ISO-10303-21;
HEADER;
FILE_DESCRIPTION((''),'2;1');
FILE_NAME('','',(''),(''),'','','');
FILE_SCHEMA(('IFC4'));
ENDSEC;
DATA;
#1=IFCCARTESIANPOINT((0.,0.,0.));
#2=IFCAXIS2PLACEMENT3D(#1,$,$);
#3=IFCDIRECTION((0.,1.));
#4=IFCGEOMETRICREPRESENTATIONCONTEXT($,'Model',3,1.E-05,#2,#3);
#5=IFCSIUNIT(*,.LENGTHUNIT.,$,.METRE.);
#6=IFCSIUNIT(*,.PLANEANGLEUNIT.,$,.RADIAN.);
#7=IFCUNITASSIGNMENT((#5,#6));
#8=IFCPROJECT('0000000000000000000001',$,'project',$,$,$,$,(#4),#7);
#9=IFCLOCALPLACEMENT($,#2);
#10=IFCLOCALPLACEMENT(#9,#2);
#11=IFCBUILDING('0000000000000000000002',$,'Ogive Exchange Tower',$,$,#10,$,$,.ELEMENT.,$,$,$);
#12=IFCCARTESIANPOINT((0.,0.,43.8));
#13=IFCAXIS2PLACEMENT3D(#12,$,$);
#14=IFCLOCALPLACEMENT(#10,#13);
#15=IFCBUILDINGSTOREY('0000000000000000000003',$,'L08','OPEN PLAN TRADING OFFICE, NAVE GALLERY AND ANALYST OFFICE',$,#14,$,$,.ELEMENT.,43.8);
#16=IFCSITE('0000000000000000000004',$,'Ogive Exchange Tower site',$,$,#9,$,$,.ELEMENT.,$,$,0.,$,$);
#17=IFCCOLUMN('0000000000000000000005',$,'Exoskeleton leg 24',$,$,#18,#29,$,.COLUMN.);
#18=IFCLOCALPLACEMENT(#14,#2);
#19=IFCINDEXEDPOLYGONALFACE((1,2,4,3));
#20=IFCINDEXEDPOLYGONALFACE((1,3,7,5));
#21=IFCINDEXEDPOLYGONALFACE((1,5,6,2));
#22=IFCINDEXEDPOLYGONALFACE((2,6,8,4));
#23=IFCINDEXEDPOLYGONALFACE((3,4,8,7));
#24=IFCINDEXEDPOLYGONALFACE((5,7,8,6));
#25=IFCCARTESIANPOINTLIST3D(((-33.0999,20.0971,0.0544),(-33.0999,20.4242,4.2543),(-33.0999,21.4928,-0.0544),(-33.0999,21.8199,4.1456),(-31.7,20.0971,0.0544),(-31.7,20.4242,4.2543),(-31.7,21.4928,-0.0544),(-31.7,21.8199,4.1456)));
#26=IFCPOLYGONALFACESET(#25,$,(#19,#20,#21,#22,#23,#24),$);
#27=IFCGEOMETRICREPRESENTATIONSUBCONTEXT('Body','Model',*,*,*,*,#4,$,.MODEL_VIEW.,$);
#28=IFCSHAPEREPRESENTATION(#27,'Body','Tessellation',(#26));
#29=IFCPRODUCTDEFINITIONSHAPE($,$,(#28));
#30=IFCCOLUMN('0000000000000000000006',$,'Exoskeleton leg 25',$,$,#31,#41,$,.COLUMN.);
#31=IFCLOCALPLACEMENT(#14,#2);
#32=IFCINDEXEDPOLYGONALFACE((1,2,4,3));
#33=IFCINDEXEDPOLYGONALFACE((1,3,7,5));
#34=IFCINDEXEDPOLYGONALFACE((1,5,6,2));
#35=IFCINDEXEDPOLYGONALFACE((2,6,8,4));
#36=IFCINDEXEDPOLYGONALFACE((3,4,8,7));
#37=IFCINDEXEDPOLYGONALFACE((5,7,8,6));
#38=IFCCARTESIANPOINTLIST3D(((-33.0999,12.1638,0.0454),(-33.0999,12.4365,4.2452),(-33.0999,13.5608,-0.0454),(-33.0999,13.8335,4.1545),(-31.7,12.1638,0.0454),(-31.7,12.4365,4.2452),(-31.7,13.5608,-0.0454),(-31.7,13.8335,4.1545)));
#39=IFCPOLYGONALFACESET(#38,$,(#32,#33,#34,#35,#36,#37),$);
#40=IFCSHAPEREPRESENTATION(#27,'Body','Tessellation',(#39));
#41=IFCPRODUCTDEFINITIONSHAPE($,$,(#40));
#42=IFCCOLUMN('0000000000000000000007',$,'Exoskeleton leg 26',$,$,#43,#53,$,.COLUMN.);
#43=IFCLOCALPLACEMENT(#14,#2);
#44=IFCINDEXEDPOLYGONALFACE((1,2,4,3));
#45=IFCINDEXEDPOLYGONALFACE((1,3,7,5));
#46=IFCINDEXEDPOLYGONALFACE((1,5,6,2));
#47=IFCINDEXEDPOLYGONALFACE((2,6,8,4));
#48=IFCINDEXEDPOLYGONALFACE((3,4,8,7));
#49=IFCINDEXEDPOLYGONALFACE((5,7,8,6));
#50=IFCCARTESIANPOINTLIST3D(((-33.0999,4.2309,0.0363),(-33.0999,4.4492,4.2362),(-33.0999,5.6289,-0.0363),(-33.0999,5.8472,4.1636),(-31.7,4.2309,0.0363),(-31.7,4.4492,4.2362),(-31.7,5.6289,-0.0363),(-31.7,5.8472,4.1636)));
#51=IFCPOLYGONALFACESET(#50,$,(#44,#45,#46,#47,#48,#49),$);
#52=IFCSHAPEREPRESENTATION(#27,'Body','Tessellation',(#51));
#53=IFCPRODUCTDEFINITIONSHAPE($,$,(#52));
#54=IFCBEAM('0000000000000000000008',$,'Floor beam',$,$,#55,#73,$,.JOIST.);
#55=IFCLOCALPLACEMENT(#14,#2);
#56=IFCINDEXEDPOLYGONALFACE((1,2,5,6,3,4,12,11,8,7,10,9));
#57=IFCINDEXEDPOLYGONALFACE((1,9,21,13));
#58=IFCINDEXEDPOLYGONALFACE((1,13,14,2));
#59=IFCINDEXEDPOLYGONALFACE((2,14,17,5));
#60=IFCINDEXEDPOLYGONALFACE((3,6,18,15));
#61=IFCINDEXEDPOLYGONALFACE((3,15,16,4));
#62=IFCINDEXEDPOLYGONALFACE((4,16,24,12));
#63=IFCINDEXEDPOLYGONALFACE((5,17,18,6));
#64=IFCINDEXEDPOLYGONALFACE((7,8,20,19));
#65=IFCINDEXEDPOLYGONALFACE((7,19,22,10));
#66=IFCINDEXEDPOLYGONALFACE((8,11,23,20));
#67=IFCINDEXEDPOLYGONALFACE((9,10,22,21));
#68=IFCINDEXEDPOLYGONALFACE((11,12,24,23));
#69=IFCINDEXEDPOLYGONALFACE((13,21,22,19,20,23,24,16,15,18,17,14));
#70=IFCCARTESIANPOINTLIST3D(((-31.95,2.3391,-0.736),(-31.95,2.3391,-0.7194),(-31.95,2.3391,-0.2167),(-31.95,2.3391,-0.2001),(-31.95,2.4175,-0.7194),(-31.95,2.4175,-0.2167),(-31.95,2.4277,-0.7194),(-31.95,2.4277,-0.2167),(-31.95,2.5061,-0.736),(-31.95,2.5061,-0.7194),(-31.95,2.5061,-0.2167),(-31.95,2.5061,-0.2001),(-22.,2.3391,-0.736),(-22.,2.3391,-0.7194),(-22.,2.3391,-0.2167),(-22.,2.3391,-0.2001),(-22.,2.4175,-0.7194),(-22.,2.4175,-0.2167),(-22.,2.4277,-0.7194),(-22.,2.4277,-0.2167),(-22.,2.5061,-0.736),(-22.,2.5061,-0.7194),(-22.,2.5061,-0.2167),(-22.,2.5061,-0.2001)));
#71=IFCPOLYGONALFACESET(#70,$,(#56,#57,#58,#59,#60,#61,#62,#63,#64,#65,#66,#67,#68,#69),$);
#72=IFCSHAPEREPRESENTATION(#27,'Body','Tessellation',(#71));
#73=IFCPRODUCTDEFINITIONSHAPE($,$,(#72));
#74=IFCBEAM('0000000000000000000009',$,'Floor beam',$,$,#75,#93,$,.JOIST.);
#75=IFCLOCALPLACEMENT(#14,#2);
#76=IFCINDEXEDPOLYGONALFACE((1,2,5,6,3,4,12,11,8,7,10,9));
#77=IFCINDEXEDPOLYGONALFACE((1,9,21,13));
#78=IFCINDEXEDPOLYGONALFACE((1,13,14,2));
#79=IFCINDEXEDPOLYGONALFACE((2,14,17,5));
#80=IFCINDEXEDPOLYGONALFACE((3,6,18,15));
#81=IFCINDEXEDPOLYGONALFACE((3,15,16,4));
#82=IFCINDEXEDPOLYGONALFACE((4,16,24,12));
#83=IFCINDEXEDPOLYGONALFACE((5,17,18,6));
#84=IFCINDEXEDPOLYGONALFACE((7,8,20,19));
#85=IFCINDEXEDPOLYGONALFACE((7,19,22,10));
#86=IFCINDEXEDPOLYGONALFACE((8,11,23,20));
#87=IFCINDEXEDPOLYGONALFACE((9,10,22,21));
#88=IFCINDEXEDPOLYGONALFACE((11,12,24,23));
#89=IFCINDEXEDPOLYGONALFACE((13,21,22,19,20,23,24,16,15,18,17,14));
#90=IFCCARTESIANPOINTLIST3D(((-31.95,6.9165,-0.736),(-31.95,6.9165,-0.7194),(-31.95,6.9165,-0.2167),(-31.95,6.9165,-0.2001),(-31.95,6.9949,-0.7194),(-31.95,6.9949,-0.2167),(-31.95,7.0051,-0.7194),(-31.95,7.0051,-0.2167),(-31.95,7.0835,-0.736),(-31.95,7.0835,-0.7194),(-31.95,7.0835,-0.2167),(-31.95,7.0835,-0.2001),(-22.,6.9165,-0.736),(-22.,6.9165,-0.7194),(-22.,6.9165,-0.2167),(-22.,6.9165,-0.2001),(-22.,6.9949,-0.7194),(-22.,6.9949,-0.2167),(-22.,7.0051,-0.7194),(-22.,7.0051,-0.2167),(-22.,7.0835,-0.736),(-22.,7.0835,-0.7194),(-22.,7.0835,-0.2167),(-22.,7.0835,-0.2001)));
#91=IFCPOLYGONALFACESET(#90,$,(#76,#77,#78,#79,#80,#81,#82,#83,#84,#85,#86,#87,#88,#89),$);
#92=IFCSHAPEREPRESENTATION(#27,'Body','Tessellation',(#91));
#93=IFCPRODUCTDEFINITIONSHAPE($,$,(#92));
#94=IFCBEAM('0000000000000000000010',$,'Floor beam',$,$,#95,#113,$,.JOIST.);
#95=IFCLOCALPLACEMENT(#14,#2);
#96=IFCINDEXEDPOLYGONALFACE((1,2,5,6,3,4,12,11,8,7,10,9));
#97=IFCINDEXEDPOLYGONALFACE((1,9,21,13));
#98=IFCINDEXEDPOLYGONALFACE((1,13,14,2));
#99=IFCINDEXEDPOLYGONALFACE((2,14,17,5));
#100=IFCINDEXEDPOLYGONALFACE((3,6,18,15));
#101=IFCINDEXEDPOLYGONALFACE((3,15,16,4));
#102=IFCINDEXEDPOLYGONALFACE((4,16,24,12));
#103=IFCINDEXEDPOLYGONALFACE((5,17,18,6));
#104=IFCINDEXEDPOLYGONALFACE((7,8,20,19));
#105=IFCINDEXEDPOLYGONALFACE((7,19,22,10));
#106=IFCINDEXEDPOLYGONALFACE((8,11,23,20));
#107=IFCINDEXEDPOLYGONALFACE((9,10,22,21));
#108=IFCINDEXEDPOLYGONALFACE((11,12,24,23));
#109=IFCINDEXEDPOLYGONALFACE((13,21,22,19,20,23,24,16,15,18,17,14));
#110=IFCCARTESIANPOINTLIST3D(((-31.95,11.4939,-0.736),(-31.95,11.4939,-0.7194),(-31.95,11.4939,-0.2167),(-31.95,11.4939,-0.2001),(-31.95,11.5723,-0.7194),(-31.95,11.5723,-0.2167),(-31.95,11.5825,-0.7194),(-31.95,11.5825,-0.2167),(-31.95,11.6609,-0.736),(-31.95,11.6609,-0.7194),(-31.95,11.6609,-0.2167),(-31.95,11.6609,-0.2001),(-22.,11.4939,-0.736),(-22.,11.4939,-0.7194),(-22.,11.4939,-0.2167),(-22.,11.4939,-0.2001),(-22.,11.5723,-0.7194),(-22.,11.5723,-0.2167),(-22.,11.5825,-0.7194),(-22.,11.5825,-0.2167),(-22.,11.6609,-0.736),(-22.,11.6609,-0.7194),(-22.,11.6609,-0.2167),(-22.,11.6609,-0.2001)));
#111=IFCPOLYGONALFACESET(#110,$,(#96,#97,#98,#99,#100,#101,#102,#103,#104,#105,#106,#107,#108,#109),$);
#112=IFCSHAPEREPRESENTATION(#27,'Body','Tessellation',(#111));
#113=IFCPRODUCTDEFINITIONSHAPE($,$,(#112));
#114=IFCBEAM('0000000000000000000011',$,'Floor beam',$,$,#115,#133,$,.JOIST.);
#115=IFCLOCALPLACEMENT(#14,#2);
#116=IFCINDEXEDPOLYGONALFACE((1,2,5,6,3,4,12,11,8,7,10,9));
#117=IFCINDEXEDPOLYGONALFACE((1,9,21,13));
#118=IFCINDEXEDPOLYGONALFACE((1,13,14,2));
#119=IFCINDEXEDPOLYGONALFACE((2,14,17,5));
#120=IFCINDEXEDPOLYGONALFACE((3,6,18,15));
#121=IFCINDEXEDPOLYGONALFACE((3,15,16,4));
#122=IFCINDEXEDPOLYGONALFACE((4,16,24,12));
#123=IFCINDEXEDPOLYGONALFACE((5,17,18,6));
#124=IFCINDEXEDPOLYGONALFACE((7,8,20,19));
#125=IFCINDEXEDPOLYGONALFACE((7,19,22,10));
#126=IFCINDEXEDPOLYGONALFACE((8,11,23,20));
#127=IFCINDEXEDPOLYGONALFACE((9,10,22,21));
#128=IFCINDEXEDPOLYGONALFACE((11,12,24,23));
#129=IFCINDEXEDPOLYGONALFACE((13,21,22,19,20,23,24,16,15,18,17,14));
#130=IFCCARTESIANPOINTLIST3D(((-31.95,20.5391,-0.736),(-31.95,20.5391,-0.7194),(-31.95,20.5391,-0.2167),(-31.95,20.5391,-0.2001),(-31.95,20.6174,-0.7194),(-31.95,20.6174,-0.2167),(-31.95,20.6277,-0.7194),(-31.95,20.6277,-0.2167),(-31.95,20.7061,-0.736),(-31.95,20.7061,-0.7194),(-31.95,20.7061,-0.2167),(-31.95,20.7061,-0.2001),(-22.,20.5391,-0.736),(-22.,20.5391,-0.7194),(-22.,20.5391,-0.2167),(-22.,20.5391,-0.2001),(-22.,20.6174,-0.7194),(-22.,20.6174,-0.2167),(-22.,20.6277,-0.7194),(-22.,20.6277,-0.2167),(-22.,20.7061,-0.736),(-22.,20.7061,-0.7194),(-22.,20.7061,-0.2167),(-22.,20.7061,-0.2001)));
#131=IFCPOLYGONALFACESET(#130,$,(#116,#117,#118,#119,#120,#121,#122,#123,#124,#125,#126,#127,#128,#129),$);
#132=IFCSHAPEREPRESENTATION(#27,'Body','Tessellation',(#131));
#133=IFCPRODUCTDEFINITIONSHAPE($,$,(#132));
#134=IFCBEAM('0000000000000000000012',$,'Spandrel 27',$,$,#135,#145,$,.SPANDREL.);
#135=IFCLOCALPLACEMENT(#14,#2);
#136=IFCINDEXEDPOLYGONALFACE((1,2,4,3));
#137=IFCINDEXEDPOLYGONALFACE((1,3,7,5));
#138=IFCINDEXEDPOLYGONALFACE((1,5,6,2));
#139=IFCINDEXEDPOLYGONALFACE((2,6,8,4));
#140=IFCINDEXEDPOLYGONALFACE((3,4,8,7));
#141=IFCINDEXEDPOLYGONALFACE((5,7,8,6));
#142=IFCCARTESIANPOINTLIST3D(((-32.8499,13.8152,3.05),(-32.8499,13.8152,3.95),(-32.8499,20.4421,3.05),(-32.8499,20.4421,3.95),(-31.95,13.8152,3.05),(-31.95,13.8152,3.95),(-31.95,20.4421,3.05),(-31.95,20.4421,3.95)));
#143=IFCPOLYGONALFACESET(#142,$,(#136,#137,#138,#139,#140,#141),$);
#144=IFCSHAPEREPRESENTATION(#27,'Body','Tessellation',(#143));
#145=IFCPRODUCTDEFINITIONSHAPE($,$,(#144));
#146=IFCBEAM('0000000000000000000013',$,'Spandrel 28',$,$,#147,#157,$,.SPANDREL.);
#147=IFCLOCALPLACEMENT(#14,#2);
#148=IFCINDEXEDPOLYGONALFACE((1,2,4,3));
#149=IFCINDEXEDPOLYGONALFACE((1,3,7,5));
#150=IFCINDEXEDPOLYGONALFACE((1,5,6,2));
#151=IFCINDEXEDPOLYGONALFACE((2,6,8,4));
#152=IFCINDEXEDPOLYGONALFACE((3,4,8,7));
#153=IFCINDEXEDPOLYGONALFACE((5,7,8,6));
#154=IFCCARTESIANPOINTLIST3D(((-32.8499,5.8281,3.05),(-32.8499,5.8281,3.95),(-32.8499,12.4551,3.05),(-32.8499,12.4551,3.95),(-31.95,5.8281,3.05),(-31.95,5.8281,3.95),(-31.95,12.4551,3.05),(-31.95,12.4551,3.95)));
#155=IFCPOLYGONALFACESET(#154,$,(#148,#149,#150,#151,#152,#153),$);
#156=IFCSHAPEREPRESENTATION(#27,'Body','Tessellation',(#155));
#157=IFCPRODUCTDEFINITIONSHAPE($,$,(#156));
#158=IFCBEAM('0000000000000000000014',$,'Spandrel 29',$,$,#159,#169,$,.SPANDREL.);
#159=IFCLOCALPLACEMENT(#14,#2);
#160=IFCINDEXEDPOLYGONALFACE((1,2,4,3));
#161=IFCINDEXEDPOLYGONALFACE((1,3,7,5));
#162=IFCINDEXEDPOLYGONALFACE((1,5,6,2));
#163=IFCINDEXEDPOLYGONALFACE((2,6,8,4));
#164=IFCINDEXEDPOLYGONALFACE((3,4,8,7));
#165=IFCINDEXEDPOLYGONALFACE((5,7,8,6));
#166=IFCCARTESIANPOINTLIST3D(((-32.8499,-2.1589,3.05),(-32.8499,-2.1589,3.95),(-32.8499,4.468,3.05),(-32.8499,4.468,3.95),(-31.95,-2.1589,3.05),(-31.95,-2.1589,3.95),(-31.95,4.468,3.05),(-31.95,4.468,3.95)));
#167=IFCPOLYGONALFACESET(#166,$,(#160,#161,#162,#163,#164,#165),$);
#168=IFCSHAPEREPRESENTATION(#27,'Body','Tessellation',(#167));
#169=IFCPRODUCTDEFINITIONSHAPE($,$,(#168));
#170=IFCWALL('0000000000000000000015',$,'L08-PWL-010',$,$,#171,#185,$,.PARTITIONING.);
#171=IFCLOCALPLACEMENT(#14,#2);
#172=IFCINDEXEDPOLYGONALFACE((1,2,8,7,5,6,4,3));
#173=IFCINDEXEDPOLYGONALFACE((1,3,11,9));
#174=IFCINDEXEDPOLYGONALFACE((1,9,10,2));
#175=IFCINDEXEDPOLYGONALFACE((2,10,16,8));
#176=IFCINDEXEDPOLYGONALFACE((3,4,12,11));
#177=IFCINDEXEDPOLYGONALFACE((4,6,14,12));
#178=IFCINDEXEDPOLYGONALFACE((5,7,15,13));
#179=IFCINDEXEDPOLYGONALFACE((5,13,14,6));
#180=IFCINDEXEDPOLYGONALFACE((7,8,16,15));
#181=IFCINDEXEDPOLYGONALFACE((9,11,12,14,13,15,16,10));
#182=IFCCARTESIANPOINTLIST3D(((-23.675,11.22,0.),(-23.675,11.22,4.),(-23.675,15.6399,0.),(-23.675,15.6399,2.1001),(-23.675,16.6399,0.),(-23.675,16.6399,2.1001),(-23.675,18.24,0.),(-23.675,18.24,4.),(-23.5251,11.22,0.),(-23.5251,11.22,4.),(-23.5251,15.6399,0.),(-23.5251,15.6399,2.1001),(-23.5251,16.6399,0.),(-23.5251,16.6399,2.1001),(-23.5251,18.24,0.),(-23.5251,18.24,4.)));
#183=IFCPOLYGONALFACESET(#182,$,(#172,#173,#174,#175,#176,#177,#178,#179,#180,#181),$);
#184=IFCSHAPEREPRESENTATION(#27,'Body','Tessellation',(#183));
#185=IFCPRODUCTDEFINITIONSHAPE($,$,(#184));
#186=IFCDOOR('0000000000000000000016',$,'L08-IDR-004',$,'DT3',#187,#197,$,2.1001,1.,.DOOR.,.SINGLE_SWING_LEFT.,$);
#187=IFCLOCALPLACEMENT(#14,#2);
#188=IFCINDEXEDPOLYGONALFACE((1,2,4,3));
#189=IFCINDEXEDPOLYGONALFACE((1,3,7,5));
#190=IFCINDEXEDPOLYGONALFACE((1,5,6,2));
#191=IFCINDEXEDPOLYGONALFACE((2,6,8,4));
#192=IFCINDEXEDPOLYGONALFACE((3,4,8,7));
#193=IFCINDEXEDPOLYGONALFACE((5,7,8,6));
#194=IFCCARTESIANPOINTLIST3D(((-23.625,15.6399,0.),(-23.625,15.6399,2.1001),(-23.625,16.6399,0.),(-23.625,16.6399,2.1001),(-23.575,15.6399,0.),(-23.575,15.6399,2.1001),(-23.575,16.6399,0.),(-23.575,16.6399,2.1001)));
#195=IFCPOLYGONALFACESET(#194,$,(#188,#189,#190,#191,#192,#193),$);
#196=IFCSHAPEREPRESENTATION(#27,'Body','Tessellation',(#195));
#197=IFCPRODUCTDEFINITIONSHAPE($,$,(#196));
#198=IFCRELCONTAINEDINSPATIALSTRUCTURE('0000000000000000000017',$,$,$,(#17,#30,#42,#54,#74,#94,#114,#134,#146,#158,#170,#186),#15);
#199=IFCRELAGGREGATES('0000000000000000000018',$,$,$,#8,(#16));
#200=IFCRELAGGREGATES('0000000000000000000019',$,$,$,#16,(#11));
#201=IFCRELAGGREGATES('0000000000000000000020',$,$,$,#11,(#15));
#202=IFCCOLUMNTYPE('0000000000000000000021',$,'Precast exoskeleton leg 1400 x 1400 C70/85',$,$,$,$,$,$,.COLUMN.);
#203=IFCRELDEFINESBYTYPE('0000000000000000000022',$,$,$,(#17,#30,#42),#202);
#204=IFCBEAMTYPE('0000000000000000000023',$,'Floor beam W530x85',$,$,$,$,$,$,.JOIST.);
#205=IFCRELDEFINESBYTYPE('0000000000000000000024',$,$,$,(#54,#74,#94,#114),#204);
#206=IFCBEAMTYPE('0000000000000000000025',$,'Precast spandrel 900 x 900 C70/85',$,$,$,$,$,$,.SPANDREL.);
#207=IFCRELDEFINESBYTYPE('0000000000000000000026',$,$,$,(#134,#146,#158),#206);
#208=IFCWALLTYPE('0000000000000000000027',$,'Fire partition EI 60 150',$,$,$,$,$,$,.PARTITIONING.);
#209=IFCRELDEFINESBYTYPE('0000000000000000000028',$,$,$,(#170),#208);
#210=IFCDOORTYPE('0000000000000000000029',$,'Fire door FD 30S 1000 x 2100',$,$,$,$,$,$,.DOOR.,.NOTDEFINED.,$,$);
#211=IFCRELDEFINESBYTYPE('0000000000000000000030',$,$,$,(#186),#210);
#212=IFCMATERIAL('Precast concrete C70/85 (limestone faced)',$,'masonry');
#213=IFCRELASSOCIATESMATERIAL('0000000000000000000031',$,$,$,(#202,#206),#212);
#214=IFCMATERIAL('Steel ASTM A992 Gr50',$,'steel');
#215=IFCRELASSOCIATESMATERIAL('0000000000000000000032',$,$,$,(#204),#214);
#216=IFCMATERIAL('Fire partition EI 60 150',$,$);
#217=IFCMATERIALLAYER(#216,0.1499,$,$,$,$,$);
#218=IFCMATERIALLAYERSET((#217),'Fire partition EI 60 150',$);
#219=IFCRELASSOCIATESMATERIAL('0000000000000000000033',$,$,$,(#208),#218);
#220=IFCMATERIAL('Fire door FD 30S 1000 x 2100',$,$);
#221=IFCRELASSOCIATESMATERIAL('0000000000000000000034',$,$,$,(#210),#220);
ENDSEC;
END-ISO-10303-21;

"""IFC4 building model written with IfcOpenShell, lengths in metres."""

from ifc_helpers import new_model, si_unit, direction, frame, frame_2d, origin, origin_2d, place, context, subcontext, project, spatial, rectangle, i_section, extrude, material, layer, layer_set, material_profile, profile_set, type_object, element, fill, save


model = new_model("IFC4")

# Units and contexts
model_context = context("Model", 3, precision=1e-05, world=origin(), true_north=direction((0.0, 1.0)))
body_context = subcontext(model_context, "Body", "Model", "MODEL_VIEW")
ifc_project = project(units=[si_unit("LENGTHUNIT", "METRE"), si_unit("PLANEANGLEUNIT", "RADIAN")], contexts=[model_context])

# Site, building, storey
site_placement = place(None, origin())
site = spatial("IfcSite", under=ifc_project, at=site_placement, Name="Ogive Exchange Tower site", CompositionType="ELEMENT", RefElevation=0.0)
building_placement = place(site_placement, origin())
building = spatial("IfcBuilding", under=site, at=building_placement, Name="Ogive Exchange Tower", CompositionType="ELEMENT")
storey_placement = place(building_placement, frame((0.0, 0.0, 43.8)))
storey = spatial("IfcBuildingStorey", under=building, at=storey_placement, Name="L08", Description="OPEN PLAN TRADING OFFICE, NAVE GALLERY AND ANALYST OFFICE", CompositionType="ELEMENT", Elevation=43.8)

# Columns
ifc_material_1 = material(Name="Precast concrete C70/85 (limestone faced)", Category="masonry")
ifc_material_profile_1 = material_profile(ifc_material_1, rectangle(XDim=1.3999, YDim=1.3999, at=origin_2d()), Name="1400 x 1400")
ifc_profile_set_1 = profile_set([ifc_material_profile_1], Name="Precast concrete C70/85 (limestone faced)")
column_type = type_object("IfcColumnType", Name="Precast exoskeleton leg 1400 x 1400 C70/85", PredefinedType="COLUMN", material=ifc_profile_set_1)
column_1_placement = place(storey_placement, frame((-32.3999, 20.7949, 0.0), z_axis=(0.0, 0.077658, 0.99698), x_axis=(-1.0, 0.0, 0.0)))
element("IfcColumn", 1, at=column_1_placement, inside=storey, type_object=column_type, Name="Exoskeleton leg 24", PredefinedType="COLUMN", context=body_context, shape_type="SweptSolid", body=[
    extrude(rectangle(XDim=1.3999, YDim=1.3999, at=origin_2d()), origin(), (0.0, 0.0, 1.0), 4.2126),
])
column_2_placement = place(storey_placement, frame((-32.3999, 12.8623, 0.0), z_axis=(0.0, 0.064794, 0.997899), x_axis=(-1.0, 0.0, 0.0)))
element("IfcColumn", 2, at=column_2_placement, inside=storey, type_object=column_type, Name="Exoskeleton leg 25", PredefinedType="COLUMN", context=body_context, shape_type="SweptSolid", body=[
    extrude(rectangle(XDim=1.3999, YDim=1.3999, at=origin_2d()), origin(), (0.0, 0.0, 1.0), 4.2087),
])
column_3_placement = place(storey_placement, frame((-32.3999, 4.9299, 0.0), z_axis=(0.0, 0.051898, 0.998652), x_axis=(-1.0, 0.0, 0.0)))
element("IfcColumn", 3, at=column_3_placement, inside=storey, type_object=column_type, Name="Exoskeleton leg 26", PredefinedType="COLUMN", context=body_context, shape_type="SweptSolid", body=[
    extrude(rectangle(XDim=1.3999, YDim=1.3999, at=origin_2d()), origin(), (0.0, 0.0, 1.0), 4.2056),
])

# Beams
ifc_material_2 = material(Name="Steel ASTM A992 Gr50", Category="steel")
ifc_material_profile_2 = material_profile(ifc_material_2, i_section(OverallWidth=0.167, OverallDepth=0.5359, WebThickness=0.0103, FlangeThickness=0.0166, at=origin_2d()), Name="W530x85")
ifc_profile_set_2 = profile_set([ifc_material_profile_2], Name="Steel ASTM A992 Gr50")
beam_type_1 = type_object("IfcBeamType", Name="Floor beam W530x85", PredefinedType="JOIST", material=ifc_profile_set_2)
for number, where, z_axis, x_axis, name in (
    (4, (-31.95, 2.4226, -0.468), (1.0, 0.0, 0.0), (0.0, 1.0, 0.0), "Floor beam"),
    (5, (-31.95, 7.0, -0.468), (1.0, 0.0, 0.0), (0.0, 1.0, 0.0), "Floor beam"),
    (6, (-31.95, 11.5774, -0.468), (1.0, 0.0, 0.0), (0.0, 1.0, 0.0), "Floor beam"),
    (7, (-31.95, 20.6226, -0.468), (1.0, 0.0, 0.0), (0.0, 1.0, 0.0), "Floor beam"),
):
    element("IfcBeam", number, at=place(storey_placement, frame(where, z_axis=z_axis, x_axis=x_axis)), inside=storey, type_object=beam_type_1, Name=name, PredefinedType="JOIST", context=body_context, shape_type="SweptSolid", body=[
        extrude(i_section(OverallWidth=0.167, OverallDepth=0.5359, WebThickness=0.0103, FlangeThickness=0.0166, at=origin_2d()), origin(), (0.0, 0.0, 1.0), 9.95),
    ])
ifc_material_profile_3 = material_profile(ifc_material_1, rectangle(XDim=0.8999, YDim=0.8999, at=origin_2d()), Name="900 x 900")
ifc_profile_set_3 = profile_set([ifc_material_profile_3], Name="Precast concrete C70/85 (limestone faced)")
beam_type_2 = type_object("IfcBeamType", Name="Precast spandrel 900 x 900 C70/85", PredefinedType="SPANDREL", material=ifc_profile_set_3)
for number, where, z_axis, x_axis, name in (
    (8, (-32.3999, 20.4421, 3.5), (0.0, -1.0, 0.0), (1.0, 0.0, 0.0), "Spandrel 27"),
    (9, (-32.3999, 12.4551, 3.5), (0.0, -1.0, 0.0), (1.0, 0.0, 0.0), "Spandrel 28"),
    (10, (-32.3999, 4.468, 3.5), (0.0, -1.0, 0.0), (1.0, 0.0, 0.0), "Spandrel 29"),
):
    element("IfcBeam", number, at=place(storey_placement, frame(where, z_axis=z_axis, x_axis=x_axis)), inside=storey, type_object=beam_type_2, Name=name, PredefinedType="SPANDREL", context=body_context, shape_type="SweptSolid", body=[
        extrude(rectangle(XDim=0.8999, YDim=0.8999, at=origin_2d()), origin(), (0.0, 0.0, 1.0), 6.627),
    ])

# Wall, opening, door
ifc_material_3 = material(Name="Fire partition EI 60 150")
ifc_layer_1 = layer(ifc_material_3, 0.1499)
ifc_layer_set_1 = layer_set([ifc_layer_1], Name="Fire partition EI 60 150")
wall_type_1 = type_object("IfcWallType", Name="Fire partition EI 60 150", PredefinedType="PARTITIONING", material=ifc_layer_set_1)
wall_1_placement = place(storey_placement, frame((-23.6001, 11.22, 0.0), z_axis=(0.0, 0.0, 1.0), x_axis=(0.0, 1.0, 0.0)))
wall_1 = element("IfcWall", 11, at=wall_1_placement, inside=storey, type_object=wall_type_1, Name="L08-PWL-010", PredefinedType="PARTITIONING", context=body_context, shape_type="SweptSolid", body=[
    extrude(rectangle(XDim=7.02, YDim=0.1499, at=frame_2d((3.51, 0.0))), origin(), (0.0, 0.0, 1.0), 4.0),
])
opening_1_placement = place(wall_1_placement, frame((4.4199, 0.0, 0.0)))
opening_1 = element("IfcOpeningElement", 12, at=opening_1_placement, cuts=wall_1, PredefinedType="OPENING", context=body_context, shape_type="SweptSolid", body=[
    extrude(rectangle(XDim=1.0, YDim=2.1001, at=frame_2d((0.5, 1.05))), frame((0.0, 0.085, 0.0), z_axis=(0.0, -1.0, 0.0), x_axis=(1.0, 0.0, 0.0)), (0.0, 0.0, 1.0), 0.1699),
])
ifc_material_4 = material(Name="Fire door FD 30S 1000 x 2100")
door_type = type_object("IfcDoorType", Name="Fire door FD 30S 1000 x 2100", OperationType="NOTDEFINED", PredefinedType="DOOR", material=ifc_material_4)
door_1_placement = place(opening_1_placement, origin())
door_1 = element("IfcDoor", 13, at=door_1_placement, inside=storey, type_object=door_type, Name="L08-IDR-004", ObjectType="DT3", OperationType="SINGLE_SWING_LEFT", OverallHeight=2.1001, OverallWidth=1.0, PredefinedType="DOOR", context=body_context, shape_type="SweptSolid", body=[
    extrude(rectangle(XDim=1.0, YDim=2.1001, at=frame_2d((0.5, 1.05))), frame((0.0, 0.0249, 0.0), z_axis=(0.0, -1.0, 0.0), x_axis=(1.0, 0.0, 0.0)), (0.0, 0.0, 1.0), 0.05),
])
fill(opening_1, door_1)

save(model, "model.ifc")
